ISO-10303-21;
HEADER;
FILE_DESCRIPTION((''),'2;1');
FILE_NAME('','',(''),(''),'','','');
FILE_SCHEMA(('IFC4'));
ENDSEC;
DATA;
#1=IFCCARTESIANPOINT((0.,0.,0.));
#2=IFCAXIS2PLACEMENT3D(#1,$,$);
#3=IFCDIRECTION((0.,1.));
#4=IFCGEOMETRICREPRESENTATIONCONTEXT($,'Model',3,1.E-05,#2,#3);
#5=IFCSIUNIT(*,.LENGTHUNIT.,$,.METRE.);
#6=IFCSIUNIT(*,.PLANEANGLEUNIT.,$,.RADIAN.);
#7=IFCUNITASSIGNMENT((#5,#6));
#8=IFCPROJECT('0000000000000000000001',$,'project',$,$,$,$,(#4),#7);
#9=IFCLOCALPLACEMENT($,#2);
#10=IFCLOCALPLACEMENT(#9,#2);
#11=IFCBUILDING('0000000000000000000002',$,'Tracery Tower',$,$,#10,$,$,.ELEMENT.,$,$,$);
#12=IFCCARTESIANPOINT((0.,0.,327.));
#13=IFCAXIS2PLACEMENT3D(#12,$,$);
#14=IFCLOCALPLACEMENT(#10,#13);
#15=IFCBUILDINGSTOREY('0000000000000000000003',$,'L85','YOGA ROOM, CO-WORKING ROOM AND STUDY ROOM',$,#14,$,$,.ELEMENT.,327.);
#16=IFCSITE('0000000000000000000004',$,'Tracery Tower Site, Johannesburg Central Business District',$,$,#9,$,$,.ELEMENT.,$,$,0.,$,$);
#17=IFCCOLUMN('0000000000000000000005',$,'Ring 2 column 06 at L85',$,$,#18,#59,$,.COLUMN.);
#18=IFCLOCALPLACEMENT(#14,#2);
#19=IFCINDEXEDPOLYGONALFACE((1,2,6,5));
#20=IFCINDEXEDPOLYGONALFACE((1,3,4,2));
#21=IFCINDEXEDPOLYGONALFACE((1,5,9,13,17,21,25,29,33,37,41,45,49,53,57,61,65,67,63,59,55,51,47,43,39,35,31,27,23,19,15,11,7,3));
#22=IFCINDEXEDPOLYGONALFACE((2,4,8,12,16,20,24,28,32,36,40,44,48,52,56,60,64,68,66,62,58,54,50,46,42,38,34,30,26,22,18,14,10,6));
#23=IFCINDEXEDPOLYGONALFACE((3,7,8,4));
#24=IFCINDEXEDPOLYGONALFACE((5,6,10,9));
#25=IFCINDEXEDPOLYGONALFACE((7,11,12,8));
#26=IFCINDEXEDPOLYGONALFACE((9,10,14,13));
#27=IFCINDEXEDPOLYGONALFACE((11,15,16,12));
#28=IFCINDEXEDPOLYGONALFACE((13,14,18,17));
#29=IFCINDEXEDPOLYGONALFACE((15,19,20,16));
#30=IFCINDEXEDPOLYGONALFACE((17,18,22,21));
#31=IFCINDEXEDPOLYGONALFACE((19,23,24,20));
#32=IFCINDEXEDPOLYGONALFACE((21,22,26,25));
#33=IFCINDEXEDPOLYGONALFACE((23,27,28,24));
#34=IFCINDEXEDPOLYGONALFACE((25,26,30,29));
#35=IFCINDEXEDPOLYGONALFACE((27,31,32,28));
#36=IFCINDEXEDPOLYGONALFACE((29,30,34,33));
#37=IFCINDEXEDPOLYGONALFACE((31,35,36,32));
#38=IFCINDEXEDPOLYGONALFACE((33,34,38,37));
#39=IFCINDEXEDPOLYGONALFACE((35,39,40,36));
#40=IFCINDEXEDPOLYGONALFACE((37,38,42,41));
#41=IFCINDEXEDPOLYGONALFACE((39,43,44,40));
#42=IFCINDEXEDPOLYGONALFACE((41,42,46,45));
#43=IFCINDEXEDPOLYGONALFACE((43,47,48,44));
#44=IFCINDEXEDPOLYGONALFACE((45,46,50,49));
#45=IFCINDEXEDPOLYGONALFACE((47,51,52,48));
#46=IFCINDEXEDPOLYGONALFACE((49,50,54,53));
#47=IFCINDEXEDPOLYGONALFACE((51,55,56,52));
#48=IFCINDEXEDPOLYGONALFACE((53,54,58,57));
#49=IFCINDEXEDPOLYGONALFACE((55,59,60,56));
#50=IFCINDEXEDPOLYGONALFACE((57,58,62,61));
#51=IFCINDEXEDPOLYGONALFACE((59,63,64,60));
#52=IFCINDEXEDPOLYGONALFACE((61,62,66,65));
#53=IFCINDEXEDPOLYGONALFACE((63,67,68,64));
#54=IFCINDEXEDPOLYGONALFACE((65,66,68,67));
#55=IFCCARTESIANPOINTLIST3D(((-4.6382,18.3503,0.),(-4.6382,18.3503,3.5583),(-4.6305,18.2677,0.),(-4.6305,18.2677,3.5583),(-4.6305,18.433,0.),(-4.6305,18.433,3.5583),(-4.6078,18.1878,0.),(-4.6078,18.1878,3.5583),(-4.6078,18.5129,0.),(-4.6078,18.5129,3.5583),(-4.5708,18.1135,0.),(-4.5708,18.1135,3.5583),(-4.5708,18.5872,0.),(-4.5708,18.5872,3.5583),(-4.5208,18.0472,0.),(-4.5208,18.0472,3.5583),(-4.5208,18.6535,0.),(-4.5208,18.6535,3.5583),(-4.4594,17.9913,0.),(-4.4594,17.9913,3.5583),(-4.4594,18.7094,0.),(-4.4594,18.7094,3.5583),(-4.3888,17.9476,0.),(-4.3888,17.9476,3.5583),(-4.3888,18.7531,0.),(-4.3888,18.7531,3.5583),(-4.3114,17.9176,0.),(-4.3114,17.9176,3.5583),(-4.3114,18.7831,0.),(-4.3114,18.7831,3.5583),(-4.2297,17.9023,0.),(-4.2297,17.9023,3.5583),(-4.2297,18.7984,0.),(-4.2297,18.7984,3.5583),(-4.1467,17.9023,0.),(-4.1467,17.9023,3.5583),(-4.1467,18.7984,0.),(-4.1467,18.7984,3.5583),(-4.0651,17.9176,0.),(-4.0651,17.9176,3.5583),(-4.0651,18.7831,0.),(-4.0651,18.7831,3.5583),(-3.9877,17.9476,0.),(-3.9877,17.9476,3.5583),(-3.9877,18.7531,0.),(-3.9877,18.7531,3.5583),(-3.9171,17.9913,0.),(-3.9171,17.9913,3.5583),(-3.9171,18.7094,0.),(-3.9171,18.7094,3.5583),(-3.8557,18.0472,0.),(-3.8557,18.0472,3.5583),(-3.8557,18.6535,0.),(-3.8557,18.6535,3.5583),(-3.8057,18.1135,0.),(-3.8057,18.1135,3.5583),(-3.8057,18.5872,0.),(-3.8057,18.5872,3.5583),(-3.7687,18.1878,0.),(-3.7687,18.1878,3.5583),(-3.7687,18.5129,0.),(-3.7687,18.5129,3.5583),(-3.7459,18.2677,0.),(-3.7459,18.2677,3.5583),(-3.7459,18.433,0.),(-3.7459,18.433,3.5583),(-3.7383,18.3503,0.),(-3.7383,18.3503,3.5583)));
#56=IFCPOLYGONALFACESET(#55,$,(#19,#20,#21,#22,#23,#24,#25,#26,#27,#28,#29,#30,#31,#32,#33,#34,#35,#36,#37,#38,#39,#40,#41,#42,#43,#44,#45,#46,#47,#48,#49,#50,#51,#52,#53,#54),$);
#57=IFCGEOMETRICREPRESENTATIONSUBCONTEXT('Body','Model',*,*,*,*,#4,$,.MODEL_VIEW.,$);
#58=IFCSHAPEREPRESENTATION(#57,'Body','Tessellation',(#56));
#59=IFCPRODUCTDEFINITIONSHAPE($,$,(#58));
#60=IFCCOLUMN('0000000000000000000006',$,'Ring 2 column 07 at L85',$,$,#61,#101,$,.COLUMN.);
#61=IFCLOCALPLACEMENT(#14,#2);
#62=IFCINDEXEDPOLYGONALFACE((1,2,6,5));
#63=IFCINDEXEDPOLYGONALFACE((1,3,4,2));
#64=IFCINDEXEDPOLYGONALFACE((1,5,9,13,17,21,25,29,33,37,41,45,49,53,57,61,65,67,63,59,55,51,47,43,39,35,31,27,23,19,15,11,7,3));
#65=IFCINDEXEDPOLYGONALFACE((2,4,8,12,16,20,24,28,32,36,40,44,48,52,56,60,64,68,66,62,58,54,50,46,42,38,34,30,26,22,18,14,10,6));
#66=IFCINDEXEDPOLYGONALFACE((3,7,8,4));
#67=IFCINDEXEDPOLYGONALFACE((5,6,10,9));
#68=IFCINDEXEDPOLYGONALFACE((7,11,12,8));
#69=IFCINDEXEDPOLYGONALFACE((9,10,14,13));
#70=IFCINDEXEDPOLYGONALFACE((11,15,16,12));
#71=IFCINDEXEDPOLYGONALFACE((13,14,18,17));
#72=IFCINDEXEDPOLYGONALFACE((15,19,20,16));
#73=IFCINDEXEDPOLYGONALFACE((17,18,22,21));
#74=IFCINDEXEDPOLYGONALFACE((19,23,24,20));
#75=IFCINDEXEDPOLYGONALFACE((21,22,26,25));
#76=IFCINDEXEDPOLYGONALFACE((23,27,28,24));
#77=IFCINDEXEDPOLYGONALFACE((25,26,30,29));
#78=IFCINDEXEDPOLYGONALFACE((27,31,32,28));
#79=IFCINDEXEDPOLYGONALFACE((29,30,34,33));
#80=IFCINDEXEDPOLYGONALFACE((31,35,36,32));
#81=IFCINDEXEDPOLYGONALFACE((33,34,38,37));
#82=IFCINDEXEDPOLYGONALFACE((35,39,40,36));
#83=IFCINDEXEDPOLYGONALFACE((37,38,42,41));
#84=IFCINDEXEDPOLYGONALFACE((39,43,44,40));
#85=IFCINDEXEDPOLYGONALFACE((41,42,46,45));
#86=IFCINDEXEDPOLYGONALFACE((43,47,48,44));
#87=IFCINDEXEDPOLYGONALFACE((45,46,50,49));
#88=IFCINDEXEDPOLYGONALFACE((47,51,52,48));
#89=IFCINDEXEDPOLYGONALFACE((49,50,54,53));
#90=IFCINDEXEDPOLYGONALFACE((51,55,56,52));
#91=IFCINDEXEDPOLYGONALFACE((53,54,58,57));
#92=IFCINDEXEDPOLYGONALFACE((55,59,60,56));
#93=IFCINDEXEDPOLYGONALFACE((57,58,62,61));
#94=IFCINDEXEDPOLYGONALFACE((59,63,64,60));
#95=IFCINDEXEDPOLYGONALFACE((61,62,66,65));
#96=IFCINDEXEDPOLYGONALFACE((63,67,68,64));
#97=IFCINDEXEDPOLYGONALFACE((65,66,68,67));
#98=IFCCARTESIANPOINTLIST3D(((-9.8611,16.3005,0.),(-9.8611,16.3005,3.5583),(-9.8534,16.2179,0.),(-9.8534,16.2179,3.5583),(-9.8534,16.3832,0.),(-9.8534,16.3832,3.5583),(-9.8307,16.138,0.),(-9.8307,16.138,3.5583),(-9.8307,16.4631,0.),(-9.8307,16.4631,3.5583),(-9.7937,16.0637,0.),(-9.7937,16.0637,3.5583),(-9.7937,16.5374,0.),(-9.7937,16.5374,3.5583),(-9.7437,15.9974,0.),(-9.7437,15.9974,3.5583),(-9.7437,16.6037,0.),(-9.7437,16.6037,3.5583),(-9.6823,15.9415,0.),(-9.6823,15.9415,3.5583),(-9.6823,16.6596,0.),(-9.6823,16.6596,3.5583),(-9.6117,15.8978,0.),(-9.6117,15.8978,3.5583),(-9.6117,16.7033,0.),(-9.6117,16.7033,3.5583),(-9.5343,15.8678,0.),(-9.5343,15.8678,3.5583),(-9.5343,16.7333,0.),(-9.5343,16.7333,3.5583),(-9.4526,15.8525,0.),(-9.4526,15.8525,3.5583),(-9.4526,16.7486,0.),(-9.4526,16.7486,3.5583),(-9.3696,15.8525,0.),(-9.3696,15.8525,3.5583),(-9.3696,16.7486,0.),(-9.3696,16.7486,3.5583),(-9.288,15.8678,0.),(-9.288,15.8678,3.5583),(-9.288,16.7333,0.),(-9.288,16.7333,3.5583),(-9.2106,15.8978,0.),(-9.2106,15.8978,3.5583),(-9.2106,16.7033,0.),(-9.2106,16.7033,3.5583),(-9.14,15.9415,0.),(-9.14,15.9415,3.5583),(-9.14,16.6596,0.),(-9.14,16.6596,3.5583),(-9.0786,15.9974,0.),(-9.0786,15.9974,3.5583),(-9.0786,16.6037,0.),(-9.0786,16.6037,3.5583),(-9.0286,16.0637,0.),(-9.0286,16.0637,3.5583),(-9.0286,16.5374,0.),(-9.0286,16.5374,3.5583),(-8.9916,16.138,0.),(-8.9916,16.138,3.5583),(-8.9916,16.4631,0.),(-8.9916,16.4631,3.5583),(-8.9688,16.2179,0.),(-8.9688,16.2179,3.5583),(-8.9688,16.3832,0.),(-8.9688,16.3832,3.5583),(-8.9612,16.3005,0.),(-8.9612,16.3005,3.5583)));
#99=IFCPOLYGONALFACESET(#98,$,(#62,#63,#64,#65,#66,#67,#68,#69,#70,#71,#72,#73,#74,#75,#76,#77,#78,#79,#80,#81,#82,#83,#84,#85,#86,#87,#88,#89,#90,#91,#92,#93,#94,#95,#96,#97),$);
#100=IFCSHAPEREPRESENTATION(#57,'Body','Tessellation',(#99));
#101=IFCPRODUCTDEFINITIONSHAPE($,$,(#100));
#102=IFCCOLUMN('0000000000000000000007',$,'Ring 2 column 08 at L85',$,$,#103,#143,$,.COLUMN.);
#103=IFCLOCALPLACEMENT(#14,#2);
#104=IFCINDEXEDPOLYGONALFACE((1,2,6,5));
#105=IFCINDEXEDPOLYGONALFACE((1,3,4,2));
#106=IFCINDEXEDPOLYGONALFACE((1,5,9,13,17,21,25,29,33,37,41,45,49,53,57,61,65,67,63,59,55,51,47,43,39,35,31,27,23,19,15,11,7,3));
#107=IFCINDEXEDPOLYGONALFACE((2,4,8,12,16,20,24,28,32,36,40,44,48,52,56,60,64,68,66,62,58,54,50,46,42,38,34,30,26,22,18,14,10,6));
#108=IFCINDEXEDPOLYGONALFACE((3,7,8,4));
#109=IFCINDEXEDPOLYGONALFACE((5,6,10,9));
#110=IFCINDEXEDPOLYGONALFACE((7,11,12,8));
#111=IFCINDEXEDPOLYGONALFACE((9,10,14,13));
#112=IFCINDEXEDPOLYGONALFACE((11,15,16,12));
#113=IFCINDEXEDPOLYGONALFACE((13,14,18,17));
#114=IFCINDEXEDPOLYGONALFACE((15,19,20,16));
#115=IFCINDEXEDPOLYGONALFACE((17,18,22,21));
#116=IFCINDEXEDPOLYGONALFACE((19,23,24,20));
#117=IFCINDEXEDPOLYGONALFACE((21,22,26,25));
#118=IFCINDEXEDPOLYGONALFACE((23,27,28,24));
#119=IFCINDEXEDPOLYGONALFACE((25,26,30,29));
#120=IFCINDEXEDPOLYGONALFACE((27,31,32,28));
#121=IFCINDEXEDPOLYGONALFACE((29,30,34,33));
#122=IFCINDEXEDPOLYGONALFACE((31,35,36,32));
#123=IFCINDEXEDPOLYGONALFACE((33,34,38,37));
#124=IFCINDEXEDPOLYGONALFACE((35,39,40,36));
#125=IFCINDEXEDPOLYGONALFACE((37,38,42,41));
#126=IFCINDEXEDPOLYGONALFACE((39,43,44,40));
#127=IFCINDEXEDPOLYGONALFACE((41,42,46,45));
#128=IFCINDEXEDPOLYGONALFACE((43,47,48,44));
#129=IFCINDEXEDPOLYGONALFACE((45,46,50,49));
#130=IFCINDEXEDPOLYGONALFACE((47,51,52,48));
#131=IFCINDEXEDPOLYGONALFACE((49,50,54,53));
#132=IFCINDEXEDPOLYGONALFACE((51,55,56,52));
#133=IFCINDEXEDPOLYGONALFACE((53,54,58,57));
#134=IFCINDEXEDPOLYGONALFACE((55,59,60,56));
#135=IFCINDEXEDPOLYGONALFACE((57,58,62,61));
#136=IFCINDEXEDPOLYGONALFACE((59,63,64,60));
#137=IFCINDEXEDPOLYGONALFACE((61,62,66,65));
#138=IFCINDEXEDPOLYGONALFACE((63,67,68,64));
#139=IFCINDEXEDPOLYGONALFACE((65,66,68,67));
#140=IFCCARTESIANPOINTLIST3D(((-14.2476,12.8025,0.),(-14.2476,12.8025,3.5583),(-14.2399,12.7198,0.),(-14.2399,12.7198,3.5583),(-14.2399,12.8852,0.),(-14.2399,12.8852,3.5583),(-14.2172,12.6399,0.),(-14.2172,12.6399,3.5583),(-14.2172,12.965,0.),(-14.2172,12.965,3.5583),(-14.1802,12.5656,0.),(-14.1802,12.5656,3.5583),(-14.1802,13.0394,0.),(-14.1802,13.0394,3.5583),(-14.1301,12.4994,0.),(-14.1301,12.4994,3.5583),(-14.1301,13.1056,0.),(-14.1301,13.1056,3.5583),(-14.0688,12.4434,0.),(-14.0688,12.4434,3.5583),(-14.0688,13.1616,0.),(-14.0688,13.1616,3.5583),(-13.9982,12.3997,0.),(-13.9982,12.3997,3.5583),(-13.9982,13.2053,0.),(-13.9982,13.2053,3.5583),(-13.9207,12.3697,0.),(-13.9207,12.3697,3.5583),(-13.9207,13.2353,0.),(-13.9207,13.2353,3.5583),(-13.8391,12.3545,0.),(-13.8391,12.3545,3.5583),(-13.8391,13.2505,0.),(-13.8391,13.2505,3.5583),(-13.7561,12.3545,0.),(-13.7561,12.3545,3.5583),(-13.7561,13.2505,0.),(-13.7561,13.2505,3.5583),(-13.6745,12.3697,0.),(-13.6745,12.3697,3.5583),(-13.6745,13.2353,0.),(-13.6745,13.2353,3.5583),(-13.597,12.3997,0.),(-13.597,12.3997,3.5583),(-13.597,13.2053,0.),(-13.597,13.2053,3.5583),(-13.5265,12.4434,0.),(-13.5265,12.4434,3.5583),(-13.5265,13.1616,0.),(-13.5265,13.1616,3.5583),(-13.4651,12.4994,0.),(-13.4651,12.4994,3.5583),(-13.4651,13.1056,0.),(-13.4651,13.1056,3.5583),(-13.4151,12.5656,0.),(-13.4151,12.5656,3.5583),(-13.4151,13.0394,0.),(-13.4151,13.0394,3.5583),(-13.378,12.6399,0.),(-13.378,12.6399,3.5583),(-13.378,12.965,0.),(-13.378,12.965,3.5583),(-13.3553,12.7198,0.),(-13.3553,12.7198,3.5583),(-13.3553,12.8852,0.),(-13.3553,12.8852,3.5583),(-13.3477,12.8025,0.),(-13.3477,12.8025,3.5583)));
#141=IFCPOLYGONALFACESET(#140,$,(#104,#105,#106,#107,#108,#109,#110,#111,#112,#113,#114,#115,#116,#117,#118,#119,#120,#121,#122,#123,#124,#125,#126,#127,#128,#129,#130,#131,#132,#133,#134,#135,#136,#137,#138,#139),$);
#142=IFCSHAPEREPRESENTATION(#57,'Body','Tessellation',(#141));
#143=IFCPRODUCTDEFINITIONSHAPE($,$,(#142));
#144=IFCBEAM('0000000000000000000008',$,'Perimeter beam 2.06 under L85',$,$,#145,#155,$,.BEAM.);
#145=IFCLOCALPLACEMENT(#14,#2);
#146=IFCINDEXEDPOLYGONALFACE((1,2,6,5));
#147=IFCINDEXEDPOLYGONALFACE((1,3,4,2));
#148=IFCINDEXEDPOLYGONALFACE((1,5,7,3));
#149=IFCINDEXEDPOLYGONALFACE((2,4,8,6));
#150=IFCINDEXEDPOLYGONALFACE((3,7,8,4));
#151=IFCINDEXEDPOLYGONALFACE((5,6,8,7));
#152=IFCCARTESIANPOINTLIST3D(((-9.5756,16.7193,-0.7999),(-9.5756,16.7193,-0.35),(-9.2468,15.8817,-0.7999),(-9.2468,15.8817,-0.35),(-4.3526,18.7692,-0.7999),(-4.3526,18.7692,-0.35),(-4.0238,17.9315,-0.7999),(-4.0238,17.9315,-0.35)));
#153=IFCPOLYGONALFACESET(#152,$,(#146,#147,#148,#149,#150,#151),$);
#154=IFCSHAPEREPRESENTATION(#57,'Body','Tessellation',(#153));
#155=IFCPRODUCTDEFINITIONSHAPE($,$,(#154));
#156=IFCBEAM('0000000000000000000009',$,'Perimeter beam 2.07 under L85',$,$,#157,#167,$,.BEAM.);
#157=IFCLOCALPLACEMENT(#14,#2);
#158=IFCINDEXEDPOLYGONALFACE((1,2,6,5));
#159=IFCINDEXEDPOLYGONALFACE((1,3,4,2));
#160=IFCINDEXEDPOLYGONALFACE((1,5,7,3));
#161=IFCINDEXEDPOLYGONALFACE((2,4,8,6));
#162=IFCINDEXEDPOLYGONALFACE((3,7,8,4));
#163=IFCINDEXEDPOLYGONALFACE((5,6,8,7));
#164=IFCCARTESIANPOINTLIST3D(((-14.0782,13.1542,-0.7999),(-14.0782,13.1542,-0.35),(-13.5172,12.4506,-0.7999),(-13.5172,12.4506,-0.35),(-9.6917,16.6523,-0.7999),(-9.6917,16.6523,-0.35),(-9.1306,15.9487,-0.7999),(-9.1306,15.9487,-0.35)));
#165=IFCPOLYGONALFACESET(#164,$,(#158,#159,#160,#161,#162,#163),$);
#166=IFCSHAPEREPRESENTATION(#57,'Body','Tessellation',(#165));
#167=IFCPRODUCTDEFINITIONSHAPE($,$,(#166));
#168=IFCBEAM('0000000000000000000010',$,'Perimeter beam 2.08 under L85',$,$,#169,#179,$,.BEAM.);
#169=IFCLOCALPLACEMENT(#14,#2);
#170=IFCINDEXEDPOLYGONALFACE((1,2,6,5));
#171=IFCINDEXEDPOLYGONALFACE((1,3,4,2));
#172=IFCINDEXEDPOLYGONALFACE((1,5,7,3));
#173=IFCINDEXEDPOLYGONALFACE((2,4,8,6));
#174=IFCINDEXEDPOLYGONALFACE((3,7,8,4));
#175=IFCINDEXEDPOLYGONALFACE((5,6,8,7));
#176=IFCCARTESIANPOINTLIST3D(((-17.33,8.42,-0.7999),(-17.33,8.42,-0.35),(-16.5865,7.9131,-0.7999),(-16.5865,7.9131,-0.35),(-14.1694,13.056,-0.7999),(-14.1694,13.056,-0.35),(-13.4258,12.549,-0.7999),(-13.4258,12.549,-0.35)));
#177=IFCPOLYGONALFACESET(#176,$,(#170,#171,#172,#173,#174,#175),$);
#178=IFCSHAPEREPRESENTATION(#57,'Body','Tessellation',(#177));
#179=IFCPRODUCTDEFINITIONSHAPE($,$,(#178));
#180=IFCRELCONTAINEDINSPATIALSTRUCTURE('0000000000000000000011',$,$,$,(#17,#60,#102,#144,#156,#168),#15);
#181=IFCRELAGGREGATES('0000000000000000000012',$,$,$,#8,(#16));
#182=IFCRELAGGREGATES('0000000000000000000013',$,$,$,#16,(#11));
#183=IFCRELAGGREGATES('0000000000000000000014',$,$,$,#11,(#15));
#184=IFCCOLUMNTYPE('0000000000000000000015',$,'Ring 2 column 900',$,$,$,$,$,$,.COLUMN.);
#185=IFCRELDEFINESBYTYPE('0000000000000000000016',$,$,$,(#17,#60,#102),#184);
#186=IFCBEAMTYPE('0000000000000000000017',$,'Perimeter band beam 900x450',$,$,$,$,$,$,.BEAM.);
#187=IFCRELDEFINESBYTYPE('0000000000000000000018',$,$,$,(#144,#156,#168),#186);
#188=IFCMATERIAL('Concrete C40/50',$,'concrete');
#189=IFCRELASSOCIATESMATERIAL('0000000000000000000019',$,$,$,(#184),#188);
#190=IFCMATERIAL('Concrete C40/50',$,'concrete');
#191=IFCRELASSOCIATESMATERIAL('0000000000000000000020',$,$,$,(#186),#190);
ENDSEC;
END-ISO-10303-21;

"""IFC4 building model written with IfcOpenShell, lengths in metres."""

from ifc_helpers import new_model, si_unit, direction, frame, origin, origin_2d, place, context, subcontext, project, spatial, rectangle, circle, extrude, material, material_profile, profile_set, type_object, element, save


model = new_model("IFC4")

# Units and contexts
model_context = context("Model", 3, precision=1e-05, world=origin(), true_north=direction((0.0, 1.0)))
body_context = subcontext(model_context, "Body", "Model", "MODEL_VIEW")
ifc_project = project(units=[si_unit("LENGTHUNIT", "METRE"), si_unit("PLANEANGLEUNIT", "RADIAN")], contexts=[model_context])

# Site, building, storey
site_placement = place(None, origin())
site = spatial("IfcSite", under=ifc_project, at=site_placement, Name="Tracery Tower Site, Johannesburg Central Business District", CompositionType="ELEMENT", RefElevation=0.0)
building_placement = place(site_placement, origin())
building = spatial("IfcBuilding", under=site, at=building_placement, Name="Tracery Tower", CompositionType="ELEMENT")
storey_placement = place(building_placement, frame((0.0, 0.0, 327.0)))
storey = spatial("IfcBuildingStorey", under=building, at=storey_placement, Name="L85", Description="YOGA ROOM, CO-WORKING ROOM AND STUDY ROOM", CompositionType="ELEMENT", Elevation=327.0)

# Columns
ifc_material_1 = material(Name="Concrete C40/50", Category="concrete")
ifc_material_profile_1 = material_profile(ifc_material_1, circle(Radius=0.45, at=origin_2d()), Name="RC D900")
ifc_profile_set_1 = profile_set([ifc_material_profile_1], Name="Concrete C40/50")
column_type = type_object("IfcColumnType", Name="Ring 2 column 900", PredefinedType="COLUMN", material=ifc_profile_set_1)
for number, where, z_axis, x_axis, name in (
    (1, (-4.1882, 18.3503, 0.0), (0.0, 0.0, 1.0), (1.0, 0.0, 0.0), "Ring 2 column 06 at L85"),
    (2, (-9.4111, 16.3005, 0.0), (0.0, 0.0, 1.0), (1.0, 0.0, 0.0), "Ring 2 column 07 at L85"),
    (3, (-13.7976, 12.8025, 0.0), (0.0, 0.0, 1.0), (1.0, 0.0, 0.0), "Ring 2 column 08 at L85"),
):
    element("IfcColumn", number, at=place(storey_placement, frame(where, z_axis=z_axis, x_axis=x_axis)), inside=storey, type_object=column_type, Name=name, PredefinedType="COLUMN", context=body_context, shape_type="SweptSolid", body=[
        extrude(circle(Radius=0.45, at=origin_2d()), origin(), (0.0, 0.0, 1.0), 3.5583),
    ])

# Beams
ifc_material_2 = material(Name="Concrete C40/50", Category="concrete")
ifc_material_profile_2 = material_profile(ifc_material_2, rectangle(XDim=0.8999, YDim=0.45, at=origin_2d()), Name="RC 900x450")
ifc_profile_set_2 = profile_set([ifc_material_profile_2], Name="Concrete C40/50")
beam_type = type_object("IfcBeamType", Name="Perimeter band beam 900x450", PredefinedType="BEAM", material=ifc_profile_set_2)
beam_1_placement = place(storey_placement, frame((-4.1882, 18.3503, -0.575), z_axis=(-0.930876, -0.365336, 0.0), x_axis=(0.365336, -0.930876, 0.0)))
element("IfcBeam", 4, at=beam_1_placement, inside=storey, type_object=beam_type, Name="Perimeter beam 2.06 under L85", PredefinedType="BEAM", context=body_context, shape_type="SweptSolid", body=[
    extrude(rectangle(XDim=0.8999, YDim=0.45, at=origin_2d()), origin(), (0.0, 0.0, 1.0), 5.6108),
])
beam_2_placement = place(storey_placement, frame((-9.4111, 16.3005, -0.575), z_axis=(-0.781836, -0.623484, 0.0), x_axis=(0.623484, -0.781836, 0.0)))
element("IfcBeam", 5, at=beam_2_placement, inside=storey, type_object=beam_type, Name="Perimeter beam 2.07 under L85", PredefinedType="BEAM", context=body_context, shape_type="SweptSolid", body=[
    extrude(rectangle(XDim=0.8999, YDim=0.45, at=origin_2d()), origin(), (0.0, 0.0, 1.0), 5.6106),
])
beam_3_placement = place(storey_placement, frame((-13.7976, 12.8025, -0.575), z_axis=(-0.563306, -0.826249, 0.0), x_axis=(0.826249, -0.563306, 0.0)))
element("IfcBeam", 6, at=beam_3_placement, inside=storey, type_object=beam_type, Name="Perimeter beam 2.08 under L85", PredefinedType="BEAM", context=body_context, shape_type="SweptSolid", body=[
    extrude(rectangle(XDim=0.8999, YDim=0.45, at=origin_2d()), origin(), (0.0, 0.0, 1.0), 5.6108),
])

save(model, "model.ifc")
